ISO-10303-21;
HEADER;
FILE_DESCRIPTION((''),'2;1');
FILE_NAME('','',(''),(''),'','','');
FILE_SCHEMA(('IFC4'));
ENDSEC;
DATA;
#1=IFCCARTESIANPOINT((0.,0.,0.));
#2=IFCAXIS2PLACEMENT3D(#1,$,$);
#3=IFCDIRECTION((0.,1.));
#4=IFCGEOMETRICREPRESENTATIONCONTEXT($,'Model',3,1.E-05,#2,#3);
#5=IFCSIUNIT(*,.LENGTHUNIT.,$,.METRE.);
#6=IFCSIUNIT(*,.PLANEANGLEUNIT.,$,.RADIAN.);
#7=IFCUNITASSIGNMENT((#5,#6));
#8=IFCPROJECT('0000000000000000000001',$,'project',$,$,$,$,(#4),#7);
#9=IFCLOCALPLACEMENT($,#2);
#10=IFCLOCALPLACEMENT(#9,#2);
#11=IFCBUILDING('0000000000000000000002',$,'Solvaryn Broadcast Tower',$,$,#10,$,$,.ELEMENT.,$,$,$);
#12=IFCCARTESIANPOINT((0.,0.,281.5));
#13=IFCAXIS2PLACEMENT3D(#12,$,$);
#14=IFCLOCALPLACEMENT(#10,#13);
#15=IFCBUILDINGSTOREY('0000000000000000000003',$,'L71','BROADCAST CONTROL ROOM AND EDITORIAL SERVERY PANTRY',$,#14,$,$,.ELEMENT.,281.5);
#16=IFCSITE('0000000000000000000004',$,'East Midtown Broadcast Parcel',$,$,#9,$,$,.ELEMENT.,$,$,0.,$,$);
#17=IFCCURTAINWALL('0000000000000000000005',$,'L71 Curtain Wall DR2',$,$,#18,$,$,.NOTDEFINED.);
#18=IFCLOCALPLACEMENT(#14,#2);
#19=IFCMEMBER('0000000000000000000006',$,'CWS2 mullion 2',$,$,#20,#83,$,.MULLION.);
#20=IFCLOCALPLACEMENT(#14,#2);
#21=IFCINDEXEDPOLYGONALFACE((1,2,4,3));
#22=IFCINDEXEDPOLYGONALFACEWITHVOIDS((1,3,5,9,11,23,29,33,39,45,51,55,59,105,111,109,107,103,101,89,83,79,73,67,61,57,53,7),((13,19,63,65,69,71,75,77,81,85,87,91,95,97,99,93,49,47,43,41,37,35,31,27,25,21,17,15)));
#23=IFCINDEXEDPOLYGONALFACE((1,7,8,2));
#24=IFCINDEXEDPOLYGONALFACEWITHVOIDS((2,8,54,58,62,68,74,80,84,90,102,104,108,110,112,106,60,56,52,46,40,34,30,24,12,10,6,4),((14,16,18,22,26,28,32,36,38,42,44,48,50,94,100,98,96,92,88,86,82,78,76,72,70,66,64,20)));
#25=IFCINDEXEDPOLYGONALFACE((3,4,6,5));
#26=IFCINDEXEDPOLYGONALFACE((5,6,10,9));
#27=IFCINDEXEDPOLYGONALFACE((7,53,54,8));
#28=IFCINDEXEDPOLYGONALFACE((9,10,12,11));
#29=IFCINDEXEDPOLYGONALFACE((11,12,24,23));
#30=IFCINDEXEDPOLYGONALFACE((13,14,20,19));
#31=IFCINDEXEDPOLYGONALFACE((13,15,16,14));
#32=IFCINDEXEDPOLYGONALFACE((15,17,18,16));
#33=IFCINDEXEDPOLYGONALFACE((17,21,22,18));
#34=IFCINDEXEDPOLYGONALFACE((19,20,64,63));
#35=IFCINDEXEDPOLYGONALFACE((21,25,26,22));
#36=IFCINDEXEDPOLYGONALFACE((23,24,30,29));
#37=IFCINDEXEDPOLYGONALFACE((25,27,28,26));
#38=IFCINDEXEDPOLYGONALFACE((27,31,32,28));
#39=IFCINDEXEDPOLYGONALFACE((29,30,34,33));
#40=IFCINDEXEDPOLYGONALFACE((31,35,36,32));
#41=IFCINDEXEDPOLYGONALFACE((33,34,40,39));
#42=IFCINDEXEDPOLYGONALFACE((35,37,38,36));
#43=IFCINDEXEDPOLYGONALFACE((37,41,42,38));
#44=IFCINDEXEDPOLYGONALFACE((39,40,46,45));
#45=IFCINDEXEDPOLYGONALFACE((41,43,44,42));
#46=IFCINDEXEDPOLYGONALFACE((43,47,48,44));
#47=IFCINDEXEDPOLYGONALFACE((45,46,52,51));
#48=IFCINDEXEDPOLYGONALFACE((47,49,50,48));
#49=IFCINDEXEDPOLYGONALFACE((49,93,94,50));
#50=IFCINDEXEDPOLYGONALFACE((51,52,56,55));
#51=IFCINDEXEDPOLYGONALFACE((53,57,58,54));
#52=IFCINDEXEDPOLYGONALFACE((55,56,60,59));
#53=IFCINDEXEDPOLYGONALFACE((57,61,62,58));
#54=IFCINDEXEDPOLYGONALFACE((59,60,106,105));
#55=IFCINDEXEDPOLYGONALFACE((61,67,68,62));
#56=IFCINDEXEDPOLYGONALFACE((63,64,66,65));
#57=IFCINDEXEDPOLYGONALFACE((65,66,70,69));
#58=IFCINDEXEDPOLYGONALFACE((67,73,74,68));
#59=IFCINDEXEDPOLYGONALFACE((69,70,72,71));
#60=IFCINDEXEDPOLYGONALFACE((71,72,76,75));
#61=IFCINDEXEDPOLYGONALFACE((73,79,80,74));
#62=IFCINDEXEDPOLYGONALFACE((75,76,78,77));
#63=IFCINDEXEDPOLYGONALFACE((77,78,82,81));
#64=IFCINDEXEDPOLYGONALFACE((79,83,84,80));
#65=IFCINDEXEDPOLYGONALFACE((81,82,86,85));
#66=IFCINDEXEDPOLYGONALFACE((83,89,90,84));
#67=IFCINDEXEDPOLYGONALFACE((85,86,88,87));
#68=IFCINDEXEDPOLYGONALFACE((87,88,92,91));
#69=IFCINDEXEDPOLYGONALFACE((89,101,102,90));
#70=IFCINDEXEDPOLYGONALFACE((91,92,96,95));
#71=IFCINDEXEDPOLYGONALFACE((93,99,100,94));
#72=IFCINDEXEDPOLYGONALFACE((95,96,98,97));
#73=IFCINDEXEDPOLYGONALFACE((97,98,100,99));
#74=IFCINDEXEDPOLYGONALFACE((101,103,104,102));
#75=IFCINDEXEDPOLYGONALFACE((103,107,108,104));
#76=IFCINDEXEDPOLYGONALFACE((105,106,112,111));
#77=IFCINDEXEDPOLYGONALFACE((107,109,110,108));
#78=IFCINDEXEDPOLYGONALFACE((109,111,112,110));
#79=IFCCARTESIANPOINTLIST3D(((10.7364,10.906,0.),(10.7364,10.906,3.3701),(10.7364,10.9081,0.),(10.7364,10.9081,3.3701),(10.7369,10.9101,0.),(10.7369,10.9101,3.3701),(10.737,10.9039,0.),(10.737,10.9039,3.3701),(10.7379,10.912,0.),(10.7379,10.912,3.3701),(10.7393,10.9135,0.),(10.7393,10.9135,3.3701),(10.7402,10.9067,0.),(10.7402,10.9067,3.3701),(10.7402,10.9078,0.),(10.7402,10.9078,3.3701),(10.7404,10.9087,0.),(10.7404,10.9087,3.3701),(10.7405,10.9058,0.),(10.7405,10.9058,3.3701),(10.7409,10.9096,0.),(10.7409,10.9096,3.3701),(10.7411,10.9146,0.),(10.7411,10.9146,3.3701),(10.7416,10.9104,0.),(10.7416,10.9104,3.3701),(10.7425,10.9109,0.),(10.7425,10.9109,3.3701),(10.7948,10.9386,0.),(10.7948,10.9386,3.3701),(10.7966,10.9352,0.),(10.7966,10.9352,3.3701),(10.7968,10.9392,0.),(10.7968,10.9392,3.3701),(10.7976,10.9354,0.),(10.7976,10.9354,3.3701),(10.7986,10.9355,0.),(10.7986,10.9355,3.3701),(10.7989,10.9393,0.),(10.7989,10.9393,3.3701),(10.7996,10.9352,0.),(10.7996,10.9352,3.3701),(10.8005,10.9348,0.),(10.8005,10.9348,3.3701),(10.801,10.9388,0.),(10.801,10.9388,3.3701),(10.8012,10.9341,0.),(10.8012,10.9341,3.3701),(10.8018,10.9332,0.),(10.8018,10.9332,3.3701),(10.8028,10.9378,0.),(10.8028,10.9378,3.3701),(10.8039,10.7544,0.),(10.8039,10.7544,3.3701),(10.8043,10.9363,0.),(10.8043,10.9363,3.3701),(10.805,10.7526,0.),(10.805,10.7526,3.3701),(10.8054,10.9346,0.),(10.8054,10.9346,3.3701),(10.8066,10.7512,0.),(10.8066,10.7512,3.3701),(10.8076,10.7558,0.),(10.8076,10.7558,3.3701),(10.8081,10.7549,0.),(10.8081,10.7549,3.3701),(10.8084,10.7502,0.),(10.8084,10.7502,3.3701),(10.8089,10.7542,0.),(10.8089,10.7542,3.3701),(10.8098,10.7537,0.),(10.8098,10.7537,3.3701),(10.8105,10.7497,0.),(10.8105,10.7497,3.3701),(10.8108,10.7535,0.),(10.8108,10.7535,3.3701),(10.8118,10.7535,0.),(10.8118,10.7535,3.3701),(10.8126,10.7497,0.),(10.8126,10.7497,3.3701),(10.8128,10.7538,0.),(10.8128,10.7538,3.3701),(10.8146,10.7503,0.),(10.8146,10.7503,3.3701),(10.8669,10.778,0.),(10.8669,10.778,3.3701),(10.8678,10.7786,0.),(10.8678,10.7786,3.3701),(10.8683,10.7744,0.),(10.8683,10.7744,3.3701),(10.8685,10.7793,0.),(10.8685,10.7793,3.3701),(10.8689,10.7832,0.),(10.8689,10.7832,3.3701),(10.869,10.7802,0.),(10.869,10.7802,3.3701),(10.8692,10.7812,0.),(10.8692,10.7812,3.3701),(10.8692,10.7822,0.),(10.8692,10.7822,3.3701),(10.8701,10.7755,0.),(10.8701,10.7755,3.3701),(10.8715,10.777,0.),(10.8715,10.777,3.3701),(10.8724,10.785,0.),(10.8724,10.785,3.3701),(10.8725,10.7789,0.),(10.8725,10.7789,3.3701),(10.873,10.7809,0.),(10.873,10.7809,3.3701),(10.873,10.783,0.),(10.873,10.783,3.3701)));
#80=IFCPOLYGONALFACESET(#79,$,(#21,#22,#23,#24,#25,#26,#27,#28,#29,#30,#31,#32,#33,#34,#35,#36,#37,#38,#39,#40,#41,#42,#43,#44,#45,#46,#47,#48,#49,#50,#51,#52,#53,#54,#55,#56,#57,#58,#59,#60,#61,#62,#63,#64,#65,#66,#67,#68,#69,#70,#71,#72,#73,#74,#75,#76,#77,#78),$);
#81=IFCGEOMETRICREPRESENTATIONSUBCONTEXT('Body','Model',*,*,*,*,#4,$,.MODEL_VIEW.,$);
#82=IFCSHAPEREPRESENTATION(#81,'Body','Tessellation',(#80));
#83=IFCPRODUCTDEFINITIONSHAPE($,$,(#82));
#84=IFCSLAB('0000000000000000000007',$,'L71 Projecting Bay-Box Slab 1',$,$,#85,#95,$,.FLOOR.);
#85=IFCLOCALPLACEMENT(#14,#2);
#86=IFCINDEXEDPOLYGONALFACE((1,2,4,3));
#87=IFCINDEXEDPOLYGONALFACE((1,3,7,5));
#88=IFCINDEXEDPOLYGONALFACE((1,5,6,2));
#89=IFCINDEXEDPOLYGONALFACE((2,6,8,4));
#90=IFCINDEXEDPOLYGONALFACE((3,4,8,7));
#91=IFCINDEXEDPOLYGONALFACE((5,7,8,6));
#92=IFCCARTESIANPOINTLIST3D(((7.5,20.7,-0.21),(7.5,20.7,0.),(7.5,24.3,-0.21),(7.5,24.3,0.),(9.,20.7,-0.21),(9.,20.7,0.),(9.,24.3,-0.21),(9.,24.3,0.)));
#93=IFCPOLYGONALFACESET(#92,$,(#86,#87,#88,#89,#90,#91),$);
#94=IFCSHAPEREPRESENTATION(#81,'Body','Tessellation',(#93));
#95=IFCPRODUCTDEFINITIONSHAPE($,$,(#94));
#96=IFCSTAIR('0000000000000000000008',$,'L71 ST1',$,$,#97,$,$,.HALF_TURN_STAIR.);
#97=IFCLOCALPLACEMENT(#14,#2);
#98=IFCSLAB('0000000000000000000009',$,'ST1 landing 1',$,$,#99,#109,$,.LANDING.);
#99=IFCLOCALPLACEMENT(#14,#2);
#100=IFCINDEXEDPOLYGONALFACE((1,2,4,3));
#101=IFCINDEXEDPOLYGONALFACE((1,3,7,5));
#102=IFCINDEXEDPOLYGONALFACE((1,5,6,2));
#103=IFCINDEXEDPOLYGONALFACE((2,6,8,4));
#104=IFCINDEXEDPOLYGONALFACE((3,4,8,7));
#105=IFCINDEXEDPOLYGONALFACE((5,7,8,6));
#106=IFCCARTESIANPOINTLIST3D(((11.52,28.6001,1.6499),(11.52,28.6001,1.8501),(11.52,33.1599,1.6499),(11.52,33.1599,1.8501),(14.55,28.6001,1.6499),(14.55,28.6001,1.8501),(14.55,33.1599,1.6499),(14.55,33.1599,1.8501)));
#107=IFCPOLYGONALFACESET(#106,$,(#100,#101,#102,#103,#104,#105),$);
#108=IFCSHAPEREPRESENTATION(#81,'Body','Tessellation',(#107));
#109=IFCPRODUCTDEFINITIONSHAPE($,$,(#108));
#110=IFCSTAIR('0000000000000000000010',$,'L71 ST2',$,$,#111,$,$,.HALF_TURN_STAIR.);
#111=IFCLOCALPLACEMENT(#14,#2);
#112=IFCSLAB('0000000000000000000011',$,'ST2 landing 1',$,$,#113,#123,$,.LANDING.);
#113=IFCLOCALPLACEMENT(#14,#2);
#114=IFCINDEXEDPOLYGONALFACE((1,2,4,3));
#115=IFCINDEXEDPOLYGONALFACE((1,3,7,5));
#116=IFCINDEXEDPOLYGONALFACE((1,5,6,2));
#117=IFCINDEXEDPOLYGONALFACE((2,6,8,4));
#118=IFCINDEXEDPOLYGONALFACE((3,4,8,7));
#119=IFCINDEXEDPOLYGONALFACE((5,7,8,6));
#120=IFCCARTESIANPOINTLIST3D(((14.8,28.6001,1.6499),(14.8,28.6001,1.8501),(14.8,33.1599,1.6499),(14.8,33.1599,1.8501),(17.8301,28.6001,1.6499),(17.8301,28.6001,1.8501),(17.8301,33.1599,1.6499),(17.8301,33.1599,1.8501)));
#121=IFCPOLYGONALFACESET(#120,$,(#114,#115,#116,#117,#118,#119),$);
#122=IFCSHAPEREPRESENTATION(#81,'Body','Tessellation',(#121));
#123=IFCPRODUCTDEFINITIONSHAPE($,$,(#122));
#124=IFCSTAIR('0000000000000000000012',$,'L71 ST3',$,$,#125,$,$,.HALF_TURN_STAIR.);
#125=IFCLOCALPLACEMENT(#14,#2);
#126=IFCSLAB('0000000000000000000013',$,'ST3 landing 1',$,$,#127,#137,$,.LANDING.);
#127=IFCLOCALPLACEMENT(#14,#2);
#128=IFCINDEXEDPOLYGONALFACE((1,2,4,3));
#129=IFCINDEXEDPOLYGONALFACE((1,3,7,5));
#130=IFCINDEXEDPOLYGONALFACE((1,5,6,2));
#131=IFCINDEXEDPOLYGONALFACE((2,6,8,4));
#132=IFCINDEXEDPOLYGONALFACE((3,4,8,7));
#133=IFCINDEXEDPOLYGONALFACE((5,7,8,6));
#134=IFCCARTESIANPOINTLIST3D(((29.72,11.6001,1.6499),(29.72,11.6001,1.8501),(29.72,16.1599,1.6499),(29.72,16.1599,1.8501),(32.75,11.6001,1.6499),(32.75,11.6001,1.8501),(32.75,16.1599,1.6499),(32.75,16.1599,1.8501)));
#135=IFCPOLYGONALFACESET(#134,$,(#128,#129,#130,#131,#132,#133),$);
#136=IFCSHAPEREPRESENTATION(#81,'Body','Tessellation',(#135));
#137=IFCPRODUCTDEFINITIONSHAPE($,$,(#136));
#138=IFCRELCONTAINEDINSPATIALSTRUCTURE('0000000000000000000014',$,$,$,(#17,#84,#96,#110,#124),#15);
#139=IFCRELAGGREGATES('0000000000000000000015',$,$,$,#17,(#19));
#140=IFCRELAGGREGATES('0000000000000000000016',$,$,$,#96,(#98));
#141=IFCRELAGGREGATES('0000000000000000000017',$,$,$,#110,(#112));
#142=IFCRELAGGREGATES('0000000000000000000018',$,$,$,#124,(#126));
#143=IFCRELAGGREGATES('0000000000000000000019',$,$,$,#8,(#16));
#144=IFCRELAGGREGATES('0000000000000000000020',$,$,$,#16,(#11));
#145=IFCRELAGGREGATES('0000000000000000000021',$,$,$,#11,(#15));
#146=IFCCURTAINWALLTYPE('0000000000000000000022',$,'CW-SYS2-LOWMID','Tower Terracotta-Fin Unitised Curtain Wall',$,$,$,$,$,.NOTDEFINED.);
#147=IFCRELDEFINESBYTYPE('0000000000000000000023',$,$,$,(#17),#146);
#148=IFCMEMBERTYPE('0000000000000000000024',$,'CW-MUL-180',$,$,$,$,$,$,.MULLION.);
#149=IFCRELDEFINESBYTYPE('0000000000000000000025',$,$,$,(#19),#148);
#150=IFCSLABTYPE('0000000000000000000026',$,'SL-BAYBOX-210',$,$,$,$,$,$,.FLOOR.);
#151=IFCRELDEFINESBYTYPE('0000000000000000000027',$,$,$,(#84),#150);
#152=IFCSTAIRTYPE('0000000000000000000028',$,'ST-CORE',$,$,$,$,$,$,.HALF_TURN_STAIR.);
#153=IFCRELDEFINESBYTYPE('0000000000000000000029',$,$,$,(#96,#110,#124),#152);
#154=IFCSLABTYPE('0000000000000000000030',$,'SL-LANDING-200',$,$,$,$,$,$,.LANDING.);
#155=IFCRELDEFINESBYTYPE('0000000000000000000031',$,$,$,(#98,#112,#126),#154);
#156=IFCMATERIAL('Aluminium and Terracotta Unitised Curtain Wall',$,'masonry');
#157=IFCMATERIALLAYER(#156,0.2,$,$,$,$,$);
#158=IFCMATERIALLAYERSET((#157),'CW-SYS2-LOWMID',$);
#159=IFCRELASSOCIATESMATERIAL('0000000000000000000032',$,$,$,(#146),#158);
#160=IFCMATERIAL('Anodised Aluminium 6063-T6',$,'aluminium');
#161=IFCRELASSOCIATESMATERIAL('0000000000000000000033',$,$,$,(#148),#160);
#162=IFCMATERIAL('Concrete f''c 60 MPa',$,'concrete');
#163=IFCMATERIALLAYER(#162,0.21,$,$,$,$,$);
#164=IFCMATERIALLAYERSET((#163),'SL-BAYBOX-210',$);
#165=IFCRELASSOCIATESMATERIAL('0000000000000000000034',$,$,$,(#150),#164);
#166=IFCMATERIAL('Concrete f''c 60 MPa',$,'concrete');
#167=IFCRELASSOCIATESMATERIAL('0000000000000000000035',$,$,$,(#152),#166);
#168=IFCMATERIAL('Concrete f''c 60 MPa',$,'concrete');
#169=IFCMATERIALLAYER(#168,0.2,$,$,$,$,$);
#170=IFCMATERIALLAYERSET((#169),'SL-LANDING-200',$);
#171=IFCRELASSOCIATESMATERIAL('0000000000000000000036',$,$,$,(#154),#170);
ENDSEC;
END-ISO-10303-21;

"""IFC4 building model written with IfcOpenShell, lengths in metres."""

from ifc_helpers import new_model, si_unit, direction, frame, origin, origin_2d, place, context, subcontext, project, spatial, polyline, hollow_rectangle, outline, extrude, material, layer, layer_set, material_profile, profile_set, type_object, element, aggregate, save


model = new_model("IFC4")

# Units and contexts
model_context = context("Model", 3, precision=1e-05, world=origin(), true_north=direction((0.0, 1.0)))
body_context = subcontext(model_context, "Body", "Model", "MODEL_VIEW")
ifc_project = project(units=[si_unit("LENGTHUNIT", "METRE"), si_unit("PLANEANGLEUNIT", "RADIAN")], contexts=[model_context])

# Site, building, storey
site_placement = place(None, origin())
site = spatial("IfcSite", under=ifc_project, at=site_placement, Name="East Midtown Broadcast Parcel", CompositionType="ELEMENT", RefElevation=0.0)
building_placement = place(site_placement, origin())
building = spatial("IfcBuilding", under=site, at=building_placement, Name="Solvaryn Broadcast Tower", CompositionType="ELEMENT")
storey_placement = place(building_placement, frame((0.0, 0.0, 281.5)))
storey = spatial("IfcBuildingStorey", under=building, at=storey_placement, Name="L71", Description="BROADCAST CONTROL ROOM AND EDITORIAL SERVERY PANTRY", CompositionType="ELEMENT", Elevation=281.5)

# Curtain wall, member
ifc_material_1 = material(Name="Aluminium and Terracotta Unitised Curtain Wall", Category="masonry")
ifc_layer_1 = layer(ifc_material_1, 0.2)
ifc_layer_set_1 = layer_set([ifc_layer_1], Name="CW-SYS2-LOWMID")
curtain_wall_type = type_object("IfcCurtainWallType", Name="CW-SYS2-LOWMID", Description="Tower Terracotta-Fin Unitised Curtain Wall", PredefinedType="NOTDEFINED", material=ifc_layer_set_1)
curtain_wall_placement = place(storey_placement, origin())
curtain_wall = element("IfcCurtainWall", 1, at=curtain_wall_placement, inside=storey, type_object=curtain_wall_type, Name="L71 Curtain Wall DR2", PredefinedType="NOTDEFINED")
ifc_material_2 = material(Name="Anodised Aluminium 6063-T6", Category="aluminium")
ifc_material_profile_1 = material_profile(ifc_material_2, hollow_rectangle(XDim=0.075, YDim=0.1799, WallThickness=0.0039, InnerFilletRadius=0.0039, OuterFilletRadius=0.0081, at=origin_2d()))
ifc_profile_set_1 = profile_set([ifc_material_profile_1], Name="Anodised Aluminium 6063-T6")
member_type = type_object("IfcMemberType", Name="CW-MUL-180", PredefinedType="MULLION", material=ifc_profile_set_1)
member_placement = place(storey_placement, frame((10.8047, 10.8445, 0.0), z_axis=(0.0, 0.0, 1.0), x_axis=(0.912774, 0.408466, 0.0)))
member = element("IfcMember", 2, at=member_placement, type_object=member_type, Name="CWS2 mullion 2", PredefinedType="MULLION", context=body_context, shape_type="SweptSolid", body=[
    extrude(hollow_rectangle(XDim=0.075, YDim=0.1799, WallThickness=0.0039, InnerFilletRadius=0.0039, OuterFilletRadius=0.0081, at=origin_2d()), origin(), (0.0, 0.0, 1.0), 3.3701),
])
aggregate(curtain_wall, [member])

# Slab
ifc_material_3 = material(Name="Concrete f'c 60 MPa", Category="concrete")
ifc_layer_2 = layer(ifc_material_3, 0.21)
ifc_layer_set_2 = layer_set([ifc_layer_2], Name="SL-BAYBOX-210")
slab_type_1 = type_object("IfcSlabType", Name="SL-BAYBOX-210", PredefinedType="FLOOR", material=ifc_layer_set_2)
slab_1_placement = place(storey_placement, frame((0.0, 0.0, -0.21)))
element("IfcSlab", 3, at=slab_1_placement, inside=storey, type_object=slab_type_1, Name="L71 Projecting Bay-Box Slab 1", PredefinedType="FLOOR", context=body_context, shape_type="SweptSolid", body=[
    extrude(outline(polyline([(7.5, 20.7), (9.0, 20.7), (9.0, 24.3), (7.5, 24.3), (7.5, 20.7)])), origin(), (0.0, 0.0, 1.0), 0.21),
])

# Stairs, slabs
ifc_material_4 = material(Name="Concrete f'c 60 MPa", Category="concrete")
stair_type = type_object("IfcStairType", Name="ST-CORE", PredefinedType="HALF_TURN_STAIR", material=ifc_material_4)
stair_1_placement = place(storey_placement, origin())
stair_1 = element("IfcStair", 4, at=stair_1_placement, inside=storey, type_object=stair_type, Name="L71 ST1", PredefinedType="HALF_TURN_STAIR")
ifc_material_5 = material(Name="Concrete f'c 60 MPa", Category="concrete")
ifc_layer_3 = layer(ifc_material_5, 0.2)
ifc_layer_set_3 = layer_set([ifc_layer_3], Name="SL-LANDING-200")
slab_type_2 = type_object("IfcSlabType", Name="SL-LANDING-200", PredefinedType="LANDING", material=ifc_layer_set_3)
slab_2_placement = place(storey_placement, frame((0.0, 0.0, 1.6499)))
slab_2 = element("IfcSlab", 5, at=slab_2_placement, type_object=slab_type_2, Name="ST1 landing 1", PredefinedType="LANDING", context=body_context, shape_type="SweptSolid", body=[
    extrude(outline(polyline([(11.52, 33.1599), (11.52, 28.6001), (14.55, 28.6001), (14.55, 33.1599), (11.52, 33.1599)])), origin(), (0.0, 0.0, 1.0), 0.2002),
])
aggregate(stair_1, [slab_2])
stair_2_placement = place(storey_placement, origin())
stair_2 = element("IfcStair", 6, at=stair_2_placement, inside=storey, type_object=stair_type, Name="L71 ST2", PredefinedType="HALF_TURN_STAIR")
slab_3_placement = place(storey_placement, frame((0.0, 0.0, 1.6499)))
slab_3 = element("IfcSlab", 7, at=slab_3_placement, type_object=slab_type_2, Name="ST2 landing 1", PredefinedType="LANDING", context=body_context, shape_type="SweptSolid", body=[
    extrude(outline(polyline([(14.8, 33.1599), (14.8, 28.6001), (17.8301, 28.6001), (17.8301, 33.1599), (14.8, 33.1599)])), origin(), (0.0, 0.0, 1.0), 0.2002),
])
aggregate(stair_2, [slab_3])
stair_3_placement = place(storey_placement, origin())
stair_3 = element("IfcStair", 8, at=stair_3_placement, inside=storey, type_object=stair_type, Name="L71 ST3", PredefinedType="HALF_TURN_STAIR")
slab_4_placement = place(storey_placement, frame((0.0, 0.0, 1.6499)))
slab_4 = element("IfcSlab", 9, at=slab_4_placement, type_object=slab_type_2, Name="ST3 landing 1", PredefinedType="LANDING", context=body_context, shape_type="SweptSolid", body=[
    extrude(outline(polyline([(29.72, 16.1599), (29.72, 11.6001), (32.75, 11.6001), (32.75, 16.1599), (29.72, 16.1599)])), origin(), (0.0, 0.0, 1.0), 0.2002),
])
aggregate(stair_3, [slab_4])

save(model, "model.ifc")
